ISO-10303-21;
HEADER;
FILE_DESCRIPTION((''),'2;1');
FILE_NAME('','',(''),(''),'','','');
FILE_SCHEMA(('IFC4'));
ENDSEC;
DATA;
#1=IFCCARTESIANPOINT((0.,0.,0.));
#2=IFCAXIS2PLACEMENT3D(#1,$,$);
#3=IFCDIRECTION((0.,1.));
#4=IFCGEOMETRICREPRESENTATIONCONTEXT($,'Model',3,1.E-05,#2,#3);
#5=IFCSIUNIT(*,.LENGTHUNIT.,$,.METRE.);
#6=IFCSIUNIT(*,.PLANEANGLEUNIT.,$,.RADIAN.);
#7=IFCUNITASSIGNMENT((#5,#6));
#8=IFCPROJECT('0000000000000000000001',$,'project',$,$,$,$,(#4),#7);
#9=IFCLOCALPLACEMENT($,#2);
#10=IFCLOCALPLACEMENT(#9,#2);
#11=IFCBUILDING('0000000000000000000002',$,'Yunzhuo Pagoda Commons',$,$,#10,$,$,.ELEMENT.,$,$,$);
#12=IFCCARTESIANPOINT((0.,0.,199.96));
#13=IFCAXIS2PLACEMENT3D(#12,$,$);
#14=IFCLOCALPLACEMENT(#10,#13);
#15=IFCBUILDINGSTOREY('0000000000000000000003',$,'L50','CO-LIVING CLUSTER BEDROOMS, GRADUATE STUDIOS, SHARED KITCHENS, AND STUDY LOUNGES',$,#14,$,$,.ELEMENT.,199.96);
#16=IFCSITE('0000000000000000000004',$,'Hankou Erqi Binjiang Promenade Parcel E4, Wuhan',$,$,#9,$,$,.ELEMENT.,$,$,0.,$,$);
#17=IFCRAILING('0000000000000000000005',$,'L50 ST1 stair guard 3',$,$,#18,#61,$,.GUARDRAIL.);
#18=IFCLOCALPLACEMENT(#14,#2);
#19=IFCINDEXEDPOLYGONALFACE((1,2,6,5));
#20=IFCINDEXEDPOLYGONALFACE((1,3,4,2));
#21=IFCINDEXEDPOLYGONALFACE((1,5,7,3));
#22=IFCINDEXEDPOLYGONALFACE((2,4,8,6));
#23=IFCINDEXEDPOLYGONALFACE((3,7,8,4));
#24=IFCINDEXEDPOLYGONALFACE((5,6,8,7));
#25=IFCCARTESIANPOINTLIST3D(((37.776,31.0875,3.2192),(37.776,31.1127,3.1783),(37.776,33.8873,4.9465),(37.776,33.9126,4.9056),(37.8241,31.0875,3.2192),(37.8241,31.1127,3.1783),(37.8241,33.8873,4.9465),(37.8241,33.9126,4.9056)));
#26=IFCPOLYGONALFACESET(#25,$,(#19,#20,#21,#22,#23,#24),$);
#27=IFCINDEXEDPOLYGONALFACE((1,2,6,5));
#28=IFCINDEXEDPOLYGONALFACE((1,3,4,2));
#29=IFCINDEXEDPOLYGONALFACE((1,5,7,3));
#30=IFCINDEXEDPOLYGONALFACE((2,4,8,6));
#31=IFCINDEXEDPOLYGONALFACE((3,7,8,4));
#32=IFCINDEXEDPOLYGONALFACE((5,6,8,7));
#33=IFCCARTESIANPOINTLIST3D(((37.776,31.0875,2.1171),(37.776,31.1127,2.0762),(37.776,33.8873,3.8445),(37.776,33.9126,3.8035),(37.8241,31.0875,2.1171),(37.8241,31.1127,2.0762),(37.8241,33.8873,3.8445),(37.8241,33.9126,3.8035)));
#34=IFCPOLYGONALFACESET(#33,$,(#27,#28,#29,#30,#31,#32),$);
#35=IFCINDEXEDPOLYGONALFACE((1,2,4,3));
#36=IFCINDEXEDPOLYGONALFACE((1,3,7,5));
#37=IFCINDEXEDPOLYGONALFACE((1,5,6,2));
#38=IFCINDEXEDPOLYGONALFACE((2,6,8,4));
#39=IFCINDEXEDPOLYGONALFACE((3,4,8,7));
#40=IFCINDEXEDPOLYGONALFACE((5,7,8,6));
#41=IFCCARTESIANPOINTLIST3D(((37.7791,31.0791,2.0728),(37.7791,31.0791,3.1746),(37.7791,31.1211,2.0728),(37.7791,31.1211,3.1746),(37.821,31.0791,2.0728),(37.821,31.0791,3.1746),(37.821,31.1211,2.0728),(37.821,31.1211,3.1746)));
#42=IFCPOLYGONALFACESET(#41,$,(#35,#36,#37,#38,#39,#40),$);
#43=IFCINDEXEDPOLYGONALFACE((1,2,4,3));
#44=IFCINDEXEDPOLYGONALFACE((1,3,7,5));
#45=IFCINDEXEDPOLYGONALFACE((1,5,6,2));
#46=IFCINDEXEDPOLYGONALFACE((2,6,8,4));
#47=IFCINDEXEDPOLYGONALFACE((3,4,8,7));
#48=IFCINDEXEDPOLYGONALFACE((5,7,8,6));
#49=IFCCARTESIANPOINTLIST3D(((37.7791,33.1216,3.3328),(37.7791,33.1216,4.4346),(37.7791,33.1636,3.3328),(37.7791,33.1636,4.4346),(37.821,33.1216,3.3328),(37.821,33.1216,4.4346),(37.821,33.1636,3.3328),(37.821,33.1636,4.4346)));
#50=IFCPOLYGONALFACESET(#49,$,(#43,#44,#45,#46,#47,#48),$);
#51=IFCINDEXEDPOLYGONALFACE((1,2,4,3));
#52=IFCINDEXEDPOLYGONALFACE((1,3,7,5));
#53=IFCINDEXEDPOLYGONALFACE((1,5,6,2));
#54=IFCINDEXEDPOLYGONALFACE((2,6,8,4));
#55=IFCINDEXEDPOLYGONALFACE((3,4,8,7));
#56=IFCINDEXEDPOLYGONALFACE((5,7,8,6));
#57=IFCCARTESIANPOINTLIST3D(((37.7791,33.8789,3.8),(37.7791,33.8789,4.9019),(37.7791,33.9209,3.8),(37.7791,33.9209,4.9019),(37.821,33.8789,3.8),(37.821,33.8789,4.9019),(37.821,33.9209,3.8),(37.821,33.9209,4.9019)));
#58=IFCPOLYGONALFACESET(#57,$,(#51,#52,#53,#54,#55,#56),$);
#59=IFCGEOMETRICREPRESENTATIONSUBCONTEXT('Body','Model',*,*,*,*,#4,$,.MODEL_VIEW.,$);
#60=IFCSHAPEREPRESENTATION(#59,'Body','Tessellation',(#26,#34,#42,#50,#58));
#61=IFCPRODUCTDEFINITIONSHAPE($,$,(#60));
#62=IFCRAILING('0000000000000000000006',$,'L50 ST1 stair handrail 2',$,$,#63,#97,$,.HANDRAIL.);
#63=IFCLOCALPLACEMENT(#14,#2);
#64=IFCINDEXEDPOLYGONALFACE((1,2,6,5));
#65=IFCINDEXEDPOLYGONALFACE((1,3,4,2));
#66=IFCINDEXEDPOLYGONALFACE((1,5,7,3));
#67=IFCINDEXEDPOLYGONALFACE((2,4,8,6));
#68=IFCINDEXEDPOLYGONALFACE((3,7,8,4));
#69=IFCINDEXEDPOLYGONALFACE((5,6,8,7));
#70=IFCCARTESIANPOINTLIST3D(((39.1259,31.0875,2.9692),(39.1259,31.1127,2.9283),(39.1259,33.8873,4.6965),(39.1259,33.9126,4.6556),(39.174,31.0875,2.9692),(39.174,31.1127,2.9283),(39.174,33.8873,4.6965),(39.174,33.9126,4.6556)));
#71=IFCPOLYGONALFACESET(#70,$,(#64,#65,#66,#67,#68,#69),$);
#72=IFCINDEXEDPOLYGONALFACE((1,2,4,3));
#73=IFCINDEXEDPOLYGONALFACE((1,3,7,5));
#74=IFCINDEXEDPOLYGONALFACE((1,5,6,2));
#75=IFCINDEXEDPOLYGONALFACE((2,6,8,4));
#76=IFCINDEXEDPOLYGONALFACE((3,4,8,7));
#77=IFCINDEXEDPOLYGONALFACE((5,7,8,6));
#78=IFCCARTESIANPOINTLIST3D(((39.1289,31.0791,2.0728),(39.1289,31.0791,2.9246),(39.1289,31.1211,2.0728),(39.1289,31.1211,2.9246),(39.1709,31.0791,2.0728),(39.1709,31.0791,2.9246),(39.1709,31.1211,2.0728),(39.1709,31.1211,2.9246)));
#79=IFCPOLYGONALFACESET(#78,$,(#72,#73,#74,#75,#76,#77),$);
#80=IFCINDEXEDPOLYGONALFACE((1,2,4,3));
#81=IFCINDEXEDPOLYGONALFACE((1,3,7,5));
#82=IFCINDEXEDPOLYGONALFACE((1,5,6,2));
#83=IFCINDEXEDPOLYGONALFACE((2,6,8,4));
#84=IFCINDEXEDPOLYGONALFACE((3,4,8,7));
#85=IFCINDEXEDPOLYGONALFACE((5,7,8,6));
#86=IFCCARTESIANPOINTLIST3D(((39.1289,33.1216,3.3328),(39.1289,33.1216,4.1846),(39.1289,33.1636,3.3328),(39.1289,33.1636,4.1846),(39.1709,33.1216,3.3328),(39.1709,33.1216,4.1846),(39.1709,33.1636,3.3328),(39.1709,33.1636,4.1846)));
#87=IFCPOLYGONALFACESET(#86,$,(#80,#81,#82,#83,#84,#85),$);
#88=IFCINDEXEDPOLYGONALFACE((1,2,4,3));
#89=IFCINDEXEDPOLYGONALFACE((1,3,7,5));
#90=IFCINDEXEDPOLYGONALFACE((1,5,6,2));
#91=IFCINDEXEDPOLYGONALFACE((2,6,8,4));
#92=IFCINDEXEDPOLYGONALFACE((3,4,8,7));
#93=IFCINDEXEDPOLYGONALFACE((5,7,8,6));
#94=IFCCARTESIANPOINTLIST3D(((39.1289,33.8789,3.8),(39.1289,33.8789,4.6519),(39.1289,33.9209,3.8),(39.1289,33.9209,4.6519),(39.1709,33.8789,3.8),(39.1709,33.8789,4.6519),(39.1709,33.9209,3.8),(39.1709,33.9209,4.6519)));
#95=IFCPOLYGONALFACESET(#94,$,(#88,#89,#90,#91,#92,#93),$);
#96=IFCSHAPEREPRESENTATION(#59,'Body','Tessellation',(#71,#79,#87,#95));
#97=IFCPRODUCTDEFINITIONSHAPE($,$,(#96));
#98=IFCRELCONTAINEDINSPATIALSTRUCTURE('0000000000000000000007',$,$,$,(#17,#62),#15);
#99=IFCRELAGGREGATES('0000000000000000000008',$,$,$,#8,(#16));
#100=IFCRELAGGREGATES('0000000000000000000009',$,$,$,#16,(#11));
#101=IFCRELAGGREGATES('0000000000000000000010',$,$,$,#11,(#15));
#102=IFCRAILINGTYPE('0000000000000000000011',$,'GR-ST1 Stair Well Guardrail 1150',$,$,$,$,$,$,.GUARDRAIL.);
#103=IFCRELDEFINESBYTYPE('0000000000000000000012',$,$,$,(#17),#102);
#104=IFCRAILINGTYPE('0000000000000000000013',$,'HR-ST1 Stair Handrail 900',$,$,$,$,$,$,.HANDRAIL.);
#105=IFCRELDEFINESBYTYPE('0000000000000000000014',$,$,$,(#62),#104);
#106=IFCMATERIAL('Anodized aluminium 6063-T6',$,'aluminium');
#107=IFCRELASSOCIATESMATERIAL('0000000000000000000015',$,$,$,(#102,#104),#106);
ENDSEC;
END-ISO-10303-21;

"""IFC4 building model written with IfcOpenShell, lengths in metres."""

from ifc_helpers import new_model, si_unit, direction, frame, origin, origin_2d, place, context, subcontext, project, spatial, rectangle, extrude, material, type_object, element, save


model = new_model("IFC4")

# Units and contexts
model_context = context("Model", 3, precision=1e-05, world=origin(), true_north=direction((0.0, 1.0)))
body_context = subcontext(model_context, "Body", "Model", "MODEL_VIEW")
ifc_project = project(units=[si_unit("LENGTHUNIT", "METRE"), si_unit("PLANEANGLEUNIT", "RADIAN")], contexts=[model_context])

# Site, building, storey
site_placement = place(None, origin())
site = spatial("IfcSite", under=ifc_project, at=site_placement, Name="Hankou Erqi Binjiang Promenade Parcel E4, Wuhan", CompositionType="ELEMENT", RefElevation=0.0)
building_placement = place(site_placement, origin())
building = spatial("IfcBuilding", under=site, at=building_placement, Name="Yunzhuo Pagoda Commons", CompositionType="ELEMENT")
storey_placement = place(building_placement, frame((0.0, 0.0, 199.96)))
storey = spatial("IfcBuildingStorey", under=building, at=storey_placement, Name="L50", Description="CO-LIVING CLUSTER BEDROOMS, GRADUATE STUDIOS, SHARED KITCHENS, AND STUDY LOUNGES", CompositionType="ELEMENT", Elevation=199.96)

# Railings
ifc_material_1 = material(Name="Anodized aluminium 6063-T6", Category="aluminium")
railing_type_1 = type_object("IfcRailingType", Name="GR-ST1 Stair Well Guardrail 1150", PredefinedType="GUARDRAIL", material=ifc_material_1)
railing_1_placement = place(storey_placement, frame((37.8, 31.1001, 2.0728)))
element("IfcRailing", 1, at=railing_1_placement, inside=storey, type_object=railing_type_1, Name="L50 ST1 stair guard 3", PredefinedType="GUARDRAIL", context=body_context, shape_type="SweptSolid", body=[
    extrude(rectangle(XDim=0.0481, YDim=0.0481, at=origin_2d()), frame((0.0, 0.0, 1.126), z_axis=(0.0, 0.851069, 0.525054), x_axis=(-1.0, 0.0, 0.0)), (0.0, 0.0, 1.0), 3.2898),
    extrude(rectangle(XDim=0.0481, YDim=0.0481, at=origin_2d()), frame((0.0, 0.0, 0.0239), z_axis=(0.0, 0.851069, 0.525054), x_axis=(-1.0, 0.0, 0.0)), (0.0, 0.0, 1.0), 3.2898),
    extrude(rectangle(XDim=0.042, YDim=0.042, at=origin_2d()), origin(), (0.0, 0.0, 1.0), 1.1018),
    extrude(rectangle(XDim=0.042, YDim=0.042, at=origin_2d()), frame((0.0, 2.0425, 1.26)), (0.0, 0.0, 1.0), 1.1018),
    extrude(rectangle(XDim=0.042, YDim=0.042, at=origin_2d()), frame((0.0, 2.7998, 1.7273)), (0.0, 0.0, 1.0), 1.1018),
])
railing_type_2 = type_object("IfcRailingType", Name="HR-ST1 Stair Handrail 900", PredefinedType="HANDRAIL", material=ifc_material_1)
railing_2_placement = place(storey_placement, frame((39.1499, 31.1001, 2.0728)))
element("IfcRailing", 2, at=railing_2_placement, inside=storey, type_object=railing_type_2, Name="L50 ST1 stair handrail 2", PredefinedType="HANDRAIL", context=body_context, shape_type="SweptSolid", body=[
    extrude(rectangle(XDim=0.0481, YDim=0.0481, at=origin_2d()), frame((0.0, 0.0, 0.876), z_axis=(0.0, 0.851069, 0.525054), x_axis=(-1.0, 0.0, 0.0)), (0.0, 0.0, 1.0), 3.2898),
    extrude(rectangle(XDim=0.042, YDim=0.042, at=origin_2d()), origin(), (0.0, 0.0, 1.0), 0.8518),
    extrude(rectangle(XDim=0.042, YDim=0.042, at=origin_2d()), frame((0.0, 2.0425, 1.26)), (0.0, 0.0, 1.0), 0.8518),
    extrude(rectangle(XDim=0.042, YDim=0.042, at=origin_2d()), frame((0.0, 2.7998, 1.7273)), (0.0, 0.0, 1.0), 0.8518),
])

save(model, "model.ifc")
